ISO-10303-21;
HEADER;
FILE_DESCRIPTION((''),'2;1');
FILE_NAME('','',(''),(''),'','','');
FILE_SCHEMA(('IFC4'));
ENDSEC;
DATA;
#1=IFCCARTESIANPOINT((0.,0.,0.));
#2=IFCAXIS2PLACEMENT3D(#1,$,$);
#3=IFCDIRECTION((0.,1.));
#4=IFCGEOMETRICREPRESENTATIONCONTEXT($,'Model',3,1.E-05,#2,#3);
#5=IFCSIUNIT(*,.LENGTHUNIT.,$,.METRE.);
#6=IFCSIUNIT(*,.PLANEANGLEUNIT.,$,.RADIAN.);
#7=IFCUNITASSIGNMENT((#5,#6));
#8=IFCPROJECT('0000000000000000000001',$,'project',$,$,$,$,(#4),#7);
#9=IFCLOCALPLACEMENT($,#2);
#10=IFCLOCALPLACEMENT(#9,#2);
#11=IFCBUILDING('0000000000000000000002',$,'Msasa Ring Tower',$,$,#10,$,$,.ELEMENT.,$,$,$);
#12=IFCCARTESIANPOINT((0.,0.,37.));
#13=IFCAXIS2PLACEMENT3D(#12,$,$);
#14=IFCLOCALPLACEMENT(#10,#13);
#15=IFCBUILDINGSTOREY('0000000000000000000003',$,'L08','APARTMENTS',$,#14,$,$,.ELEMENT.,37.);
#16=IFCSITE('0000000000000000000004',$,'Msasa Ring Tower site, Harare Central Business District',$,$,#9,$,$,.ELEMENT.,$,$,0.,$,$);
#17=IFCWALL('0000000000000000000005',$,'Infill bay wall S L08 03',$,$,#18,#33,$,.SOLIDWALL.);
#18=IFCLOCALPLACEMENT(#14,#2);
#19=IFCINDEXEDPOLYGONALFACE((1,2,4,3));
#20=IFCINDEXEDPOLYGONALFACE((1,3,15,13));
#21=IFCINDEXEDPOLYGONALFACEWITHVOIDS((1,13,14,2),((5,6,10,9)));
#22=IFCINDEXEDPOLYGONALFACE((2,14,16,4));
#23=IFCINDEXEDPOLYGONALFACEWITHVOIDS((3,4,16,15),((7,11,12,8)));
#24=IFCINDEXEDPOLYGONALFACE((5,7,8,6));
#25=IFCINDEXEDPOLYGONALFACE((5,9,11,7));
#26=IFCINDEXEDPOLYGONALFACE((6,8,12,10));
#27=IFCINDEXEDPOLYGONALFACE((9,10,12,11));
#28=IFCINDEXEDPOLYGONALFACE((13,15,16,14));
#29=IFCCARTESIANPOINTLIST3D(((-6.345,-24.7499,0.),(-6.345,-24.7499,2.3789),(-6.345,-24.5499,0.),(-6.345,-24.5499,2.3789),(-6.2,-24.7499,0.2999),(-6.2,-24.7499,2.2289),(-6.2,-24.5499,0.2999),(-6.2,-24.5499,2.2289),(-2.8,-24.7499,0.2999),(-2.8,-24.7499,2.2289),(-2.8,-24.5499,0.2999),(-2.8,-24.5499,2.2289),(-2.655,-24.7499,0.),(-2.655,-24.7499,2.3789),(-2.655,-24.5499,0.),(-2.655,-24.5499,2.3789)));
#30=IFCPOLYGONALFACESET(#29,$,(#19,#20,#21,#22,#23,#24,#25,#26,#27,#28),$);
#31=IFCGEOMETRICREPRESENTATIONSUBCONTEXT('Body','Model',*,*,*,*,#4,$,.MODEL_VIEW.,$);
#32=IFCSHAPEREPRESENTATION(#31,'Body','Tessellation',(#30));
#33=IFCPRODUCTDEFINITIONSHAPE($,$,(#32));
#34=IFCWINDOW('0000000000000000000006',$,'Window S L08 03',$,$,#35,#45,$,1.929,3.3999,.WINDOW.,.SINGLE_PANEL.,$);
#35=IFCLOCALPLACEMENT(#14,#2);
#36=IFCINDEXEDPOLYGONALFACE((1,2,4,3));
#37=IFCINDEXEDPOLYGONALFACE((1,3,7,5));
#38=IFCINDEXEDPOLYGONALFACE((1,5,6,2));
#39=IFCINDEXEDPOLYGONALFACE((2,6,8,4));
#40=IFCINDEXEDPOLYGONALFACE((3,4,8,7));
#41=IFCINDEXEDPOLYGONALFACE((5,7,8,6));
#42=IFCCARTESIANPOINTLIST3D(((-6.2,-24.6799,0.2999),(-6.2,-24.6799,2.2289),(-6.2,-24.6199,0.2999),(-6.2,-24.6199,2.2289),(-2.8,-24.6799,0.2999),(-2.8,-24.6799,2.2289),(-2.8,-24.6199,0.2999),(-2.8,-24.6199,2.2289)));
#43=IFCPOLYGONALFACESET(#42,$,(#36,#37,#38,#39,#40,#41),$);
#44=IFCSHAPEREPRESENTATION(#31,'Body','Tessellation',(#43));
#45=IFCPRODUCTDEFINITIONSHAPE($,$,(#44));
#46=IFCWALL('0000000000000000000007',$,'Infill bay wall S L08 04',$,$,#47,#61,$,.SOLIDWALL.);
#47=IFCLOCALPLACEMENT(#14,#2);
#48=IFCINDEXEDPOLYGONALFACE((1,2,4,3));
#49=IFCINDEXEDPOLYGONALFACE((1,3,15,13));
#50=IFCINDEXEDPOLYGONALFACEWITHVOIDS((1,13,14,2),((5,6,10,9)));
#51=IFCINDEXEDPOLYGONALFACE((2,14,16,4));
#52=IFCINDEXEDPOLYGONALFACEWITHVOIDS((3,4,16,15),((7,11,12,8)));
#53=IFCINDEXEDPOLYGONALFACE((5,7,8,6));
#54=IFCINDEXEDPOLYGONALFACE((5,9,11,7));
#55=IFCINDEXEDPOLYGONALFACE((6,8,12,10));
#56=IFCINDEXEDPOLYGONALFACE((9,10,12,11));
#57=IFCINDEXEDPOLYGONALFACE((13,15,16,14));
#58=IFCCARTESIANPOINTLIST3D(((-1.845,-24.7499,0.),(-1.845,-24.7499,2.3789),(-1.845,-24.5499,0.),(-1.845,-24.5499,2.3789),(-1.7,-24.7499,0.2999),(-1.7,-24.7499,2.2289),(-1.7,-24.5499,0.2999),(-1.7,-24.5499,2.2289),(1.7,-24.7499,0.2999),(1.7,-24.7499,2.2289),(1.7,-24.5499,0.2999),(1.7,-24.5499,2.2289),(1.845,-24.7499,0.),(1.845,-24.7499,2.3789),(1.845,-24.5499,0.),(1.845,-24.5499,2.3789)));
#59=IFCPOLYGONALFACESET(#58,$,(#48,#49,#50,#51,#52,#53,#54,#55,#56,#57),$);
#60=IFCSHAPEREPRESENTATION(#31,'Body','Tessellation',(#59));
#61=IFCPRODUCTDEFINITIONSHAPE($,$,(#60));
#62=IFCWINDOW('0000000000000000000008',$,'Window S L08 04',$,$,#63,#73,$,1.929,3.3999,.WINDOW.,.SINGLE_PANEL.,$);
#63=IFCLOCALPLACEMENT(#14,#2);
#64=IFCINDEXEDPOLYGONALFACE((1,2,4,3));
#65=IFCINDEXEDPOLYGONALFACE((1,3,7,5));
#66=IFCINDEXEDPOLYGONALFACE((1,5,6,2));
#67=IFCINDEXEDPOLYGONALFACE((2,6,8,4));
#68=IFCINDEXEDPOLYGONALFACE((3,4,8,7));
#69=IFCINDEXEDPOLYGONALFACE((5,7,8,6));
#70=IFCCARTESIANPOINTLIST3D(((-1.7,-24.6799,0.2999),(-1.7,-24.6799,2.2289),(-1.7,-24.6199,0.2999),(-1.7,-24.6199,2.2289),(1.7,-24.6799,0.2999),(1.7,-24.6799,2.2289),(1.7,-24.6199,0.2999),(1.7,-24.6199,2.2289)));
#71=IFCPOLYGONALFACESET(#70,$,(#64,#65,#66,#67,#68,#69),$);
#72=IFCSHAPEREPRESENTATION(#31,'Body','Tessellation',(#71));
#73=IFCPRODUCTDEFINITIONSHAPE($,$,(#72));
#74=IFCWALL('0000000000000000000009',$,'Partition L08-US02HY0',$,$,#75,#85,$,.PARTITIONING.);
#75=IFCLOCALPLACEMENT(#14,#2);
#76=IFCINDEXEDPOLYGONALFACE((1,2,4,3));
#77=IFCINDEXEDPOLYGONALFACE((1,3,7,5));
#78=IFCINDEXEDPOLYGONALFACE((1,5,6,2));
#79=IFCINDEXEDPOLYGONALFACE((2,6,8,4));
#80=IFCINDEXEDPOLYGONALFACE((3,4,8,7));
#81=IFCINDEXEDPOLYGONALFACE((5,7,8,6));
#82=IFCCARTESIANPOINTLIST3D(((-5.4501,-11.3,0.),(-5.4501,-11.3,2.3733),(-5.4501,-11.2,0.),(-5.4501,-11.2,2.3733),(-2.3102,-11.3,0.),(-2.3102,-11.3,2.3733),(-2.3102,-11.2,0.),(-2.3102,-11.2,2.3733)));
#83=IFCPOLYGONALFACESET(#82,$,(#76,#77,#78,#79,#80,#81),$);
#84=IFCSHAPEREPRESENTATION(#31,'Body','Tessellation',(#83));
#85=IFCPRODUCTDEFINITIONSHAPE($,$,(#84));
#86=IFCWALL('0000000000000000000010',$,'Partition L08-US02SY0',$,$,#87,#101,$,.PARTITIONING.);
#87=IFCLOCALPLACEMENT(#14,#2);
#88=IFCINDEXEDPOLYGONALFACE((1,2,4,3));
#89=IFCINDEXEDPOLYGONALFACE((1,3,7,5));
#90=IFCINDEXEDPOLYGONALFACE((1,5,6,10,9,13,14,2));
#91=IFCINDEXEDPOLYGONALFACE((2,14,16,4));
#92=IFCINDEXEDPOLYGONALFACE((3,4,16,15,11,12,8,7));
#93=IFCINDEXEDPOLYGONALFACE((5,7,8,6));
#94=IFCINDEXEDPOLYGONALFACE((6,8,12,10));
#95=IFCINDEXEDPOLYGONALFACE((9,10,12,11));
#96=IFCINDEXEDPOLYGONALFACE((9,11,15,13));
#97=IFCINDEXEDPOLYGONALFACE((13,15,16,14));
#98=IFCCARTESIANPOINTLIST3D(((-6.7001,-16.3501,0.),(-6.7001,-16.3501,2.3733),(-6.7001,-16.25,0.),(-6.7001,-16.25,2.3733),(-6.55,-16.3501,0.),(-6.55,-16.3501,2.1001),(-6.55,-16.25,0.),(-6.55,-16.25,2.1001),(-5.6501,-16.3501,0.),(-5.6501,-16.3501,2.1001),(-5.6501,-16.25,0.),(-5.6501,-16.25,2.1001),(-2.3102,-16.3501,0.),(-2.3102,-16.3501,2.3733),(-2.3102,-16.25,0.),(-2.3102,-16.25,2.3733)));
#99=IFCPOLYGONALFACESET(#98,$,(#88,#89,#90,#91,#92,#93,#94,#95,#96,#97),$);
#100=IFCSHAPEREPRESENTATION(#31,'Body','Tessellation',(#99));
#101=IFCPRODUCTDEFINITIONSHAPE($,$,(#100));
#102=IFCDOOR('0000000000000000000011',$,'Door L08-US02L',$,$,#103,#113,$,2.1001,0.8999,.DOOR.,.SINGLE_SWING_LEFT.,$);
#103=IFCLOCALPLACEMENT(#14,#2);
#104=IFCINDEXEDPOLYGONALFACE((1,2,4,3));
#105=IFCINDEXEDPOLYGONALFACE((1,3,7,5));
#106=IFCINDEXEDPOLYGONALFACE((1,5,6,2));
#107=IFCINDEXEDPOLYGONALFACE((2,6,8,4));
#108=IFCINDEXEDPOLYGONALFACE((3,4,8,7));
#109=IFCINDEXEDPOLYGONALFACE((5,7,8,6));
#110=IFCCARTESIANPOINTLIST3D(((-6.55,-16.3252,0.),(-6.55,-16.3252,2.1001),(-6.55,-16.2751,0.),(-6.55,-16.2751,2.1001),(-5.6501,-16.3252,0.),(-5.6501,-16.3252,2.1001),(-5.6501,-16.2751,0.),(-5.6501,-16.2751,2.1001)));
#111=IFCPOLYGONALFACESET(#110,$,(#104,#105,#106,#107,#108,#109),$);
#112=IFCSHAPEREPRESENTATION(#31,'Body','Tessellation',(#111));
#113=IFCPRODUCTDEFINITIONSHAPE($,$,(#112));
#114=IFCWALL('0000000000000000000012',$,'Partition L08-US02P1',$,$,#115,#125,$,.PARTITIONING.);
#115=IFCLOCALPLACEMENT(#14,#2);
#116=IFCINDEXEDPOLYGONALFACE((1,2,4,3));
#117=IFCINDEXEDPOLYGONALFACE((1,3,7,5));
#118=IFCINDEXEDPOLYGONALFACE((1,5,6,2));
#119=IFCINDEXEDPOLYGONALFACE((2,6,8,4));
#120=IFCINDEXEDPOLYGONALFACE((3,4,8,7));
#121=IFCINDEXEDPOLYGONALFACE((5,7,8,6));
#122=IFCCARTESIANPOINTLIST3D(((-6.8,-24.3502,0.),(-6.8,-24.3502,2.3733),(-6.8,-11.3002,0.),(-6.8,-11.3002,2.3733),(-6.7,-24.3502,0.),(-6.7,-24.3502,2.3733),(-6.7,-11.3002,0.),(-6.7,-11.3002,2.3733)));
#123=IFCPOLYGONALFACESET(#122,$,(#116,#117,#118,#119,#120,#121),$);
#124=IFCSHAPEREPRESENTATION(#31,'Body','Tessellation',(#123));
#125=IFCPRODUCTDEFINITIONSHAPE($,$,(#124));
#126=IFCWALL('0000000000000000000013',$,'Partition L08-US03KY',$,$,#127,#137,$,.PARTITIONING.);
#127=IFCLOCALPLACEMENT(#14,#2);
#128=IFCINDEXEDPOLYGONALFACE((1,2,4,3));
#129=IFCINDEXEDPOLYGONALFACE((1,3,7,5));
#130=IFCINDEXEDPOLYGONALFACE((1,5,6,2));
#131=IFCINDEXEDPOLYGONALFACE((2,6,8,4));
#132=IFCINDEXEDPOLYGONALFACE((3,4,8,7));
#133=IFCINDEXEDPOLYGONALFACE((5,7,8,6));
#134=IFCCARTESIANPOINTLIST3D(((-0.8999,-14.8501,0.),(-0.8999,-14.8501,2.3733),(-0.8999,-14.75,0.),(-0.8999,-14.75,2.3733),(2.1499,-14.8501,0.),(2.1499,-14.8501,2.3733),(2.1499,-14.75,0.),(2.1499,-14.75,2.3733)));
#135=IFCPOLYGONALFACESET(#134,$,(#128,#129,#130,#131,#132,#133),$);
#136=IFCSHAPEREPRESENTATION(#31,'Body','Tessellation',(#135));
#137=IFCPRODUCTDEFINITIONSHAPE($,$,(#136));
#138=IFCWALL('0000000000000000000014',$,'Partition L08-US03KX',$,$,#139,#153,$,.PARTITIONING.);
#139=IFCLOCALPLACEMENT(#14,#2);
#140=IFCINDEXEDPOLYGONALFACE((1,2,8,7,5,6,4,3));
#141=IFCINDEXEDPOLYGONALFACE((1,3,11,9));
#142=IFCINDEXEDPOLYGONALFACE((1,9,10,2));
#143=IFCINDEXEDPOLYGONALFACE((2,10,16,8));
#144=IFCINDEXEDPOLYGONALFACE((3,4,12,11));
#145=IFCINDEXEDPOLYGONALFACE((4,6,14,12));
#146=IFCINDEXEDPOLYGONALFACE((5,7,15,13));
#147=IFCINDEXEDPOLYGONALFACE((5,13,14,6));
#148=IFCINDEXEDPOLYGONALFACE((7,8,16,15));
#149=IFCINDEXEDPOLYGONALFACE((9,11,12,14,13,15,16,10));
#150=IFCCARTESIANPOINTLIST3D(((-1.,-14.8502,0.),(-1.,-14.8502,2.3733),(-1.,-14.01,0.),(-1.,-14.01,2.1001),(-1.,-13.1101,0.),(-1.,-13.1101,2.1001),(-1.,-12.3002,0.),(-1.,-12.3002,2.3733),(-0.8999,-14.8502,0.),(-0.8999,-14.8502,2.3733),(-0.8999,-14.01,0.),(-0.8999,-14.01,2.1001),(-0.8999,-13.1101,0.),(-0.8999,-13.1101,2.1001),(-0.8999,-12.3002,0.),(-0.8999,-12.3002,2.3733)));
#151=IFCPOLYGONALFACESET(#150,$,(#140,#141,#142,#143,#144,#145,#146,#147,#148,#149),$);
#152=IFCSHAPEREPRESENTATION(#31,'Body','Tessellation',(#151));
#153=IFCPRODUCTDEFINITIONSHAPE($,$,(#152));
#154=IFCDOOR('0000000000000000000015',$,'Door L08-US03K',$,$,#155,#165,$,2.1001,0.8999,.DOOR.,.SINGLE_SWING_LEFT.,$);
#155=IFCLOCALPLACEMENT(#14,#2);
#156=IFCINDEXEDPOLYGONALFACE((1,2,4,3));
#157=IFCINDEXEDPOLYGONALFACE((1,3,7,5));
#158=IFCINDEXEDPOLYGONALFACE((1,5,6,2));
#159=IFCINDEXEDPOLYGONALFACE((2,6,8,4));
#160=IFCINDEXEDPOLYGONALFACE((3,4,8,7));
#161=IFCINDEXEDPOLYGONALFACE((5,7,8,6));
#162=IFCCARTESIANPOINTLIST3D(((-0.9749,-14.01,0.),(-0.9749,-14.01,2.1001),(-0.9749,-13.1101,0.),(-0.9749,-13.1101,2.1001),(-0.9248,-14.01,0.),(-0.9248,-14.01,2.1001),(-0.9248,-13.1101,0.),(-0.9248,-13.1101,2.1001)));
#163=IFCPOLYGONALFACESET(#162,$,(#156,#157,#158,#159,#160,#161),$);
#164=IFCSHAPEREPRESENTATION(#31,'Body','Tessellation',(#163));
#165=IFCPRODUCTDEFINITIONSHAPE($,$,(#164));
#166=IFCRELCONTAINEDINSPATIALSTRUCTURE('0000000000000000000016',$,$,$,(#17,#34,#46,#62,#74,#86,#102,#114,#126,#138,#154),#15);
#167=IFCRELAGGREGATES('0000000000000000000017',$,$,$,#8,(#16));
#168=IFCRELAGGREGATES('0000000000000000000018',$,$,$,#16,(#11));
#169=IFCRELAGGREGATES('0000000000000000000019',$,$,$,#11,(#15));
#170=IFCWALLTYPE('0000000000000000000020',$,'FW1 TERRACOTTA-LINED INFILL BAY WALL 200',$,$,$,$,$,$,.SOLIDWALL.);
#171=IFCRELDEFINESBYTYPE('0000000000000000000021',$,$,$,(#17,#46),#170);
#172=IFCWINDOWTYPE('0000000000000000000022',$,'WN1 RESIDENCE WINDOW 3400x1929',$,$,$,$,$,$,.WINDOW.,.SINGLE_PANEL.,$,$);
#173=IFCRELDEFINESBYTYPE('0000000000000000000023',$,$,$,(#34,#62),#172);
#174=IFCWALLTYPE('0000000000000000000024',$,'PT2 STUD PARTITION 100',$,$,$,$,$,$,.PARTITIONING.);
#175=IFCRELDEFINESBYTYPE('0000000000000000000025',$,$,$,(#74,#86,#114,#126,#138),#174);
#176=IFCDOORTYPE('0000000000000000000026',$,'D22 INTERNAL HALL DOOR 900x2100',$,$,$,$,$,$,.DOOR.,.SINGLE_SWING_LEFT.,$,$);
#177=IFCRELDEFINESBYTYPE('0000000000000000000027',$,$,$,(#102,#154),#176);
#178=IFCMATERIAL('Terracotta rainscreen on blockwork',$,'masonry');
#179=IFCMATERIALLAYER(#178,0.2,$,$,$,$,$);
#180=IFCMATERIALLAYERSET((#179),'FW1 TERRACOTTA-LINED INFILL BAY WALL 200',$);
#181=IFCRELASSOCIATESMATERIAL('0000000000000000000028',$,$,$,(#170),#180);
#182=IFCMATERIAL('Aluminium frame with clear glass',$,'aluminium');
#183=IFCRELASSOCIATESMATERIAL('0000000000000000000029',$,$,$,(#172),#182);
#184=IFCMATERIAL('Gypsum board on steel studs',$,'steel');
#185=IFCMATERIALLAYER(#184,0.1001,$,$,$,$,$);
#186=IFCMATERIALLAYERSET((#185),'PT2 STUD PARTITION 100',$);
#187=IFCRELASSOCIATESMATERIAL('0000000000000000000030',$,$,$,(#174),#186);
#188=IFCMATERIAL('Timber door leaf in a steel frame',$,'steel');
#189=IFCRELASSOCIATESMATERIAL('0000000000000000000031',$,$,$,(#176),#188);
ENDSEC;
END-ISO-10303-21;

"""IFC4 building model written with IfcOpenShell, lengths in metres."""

from ifc_helpers import new_model, si_unit, direction, frame, frame_2d, origin, place, context, subcontext, project, spatial, rectangle, extrude, material, layer, layer_set, type_object, element, fill, save


model = new_model("IFC4")

# Units and contexts
model_context = context("Model", 3, precision=1e-05, world=origin(), true_north=direction((0.0, 1.0)))
body_context = subcontext(model_context, "Body", "Model", "MODEL_VIEW")
ifc_project = project(units=[si_unit("LENGTHUNIT", "METRE"), si_unit("PLANEANGLEUNIT", "RADIAN")], contexts=[model_context])

# Site, building, storey
site_placement = place(None, origin())
site = spatial("IfcSite", under=ifc_project, at=site_placement, Name="Msasa Ring Tower site, Harare Central Business District", CompositionType="ELEMENT", RefElevation=0.0)
building_placement = place(site_placement, origin())
building = spatial("IfcBuilding", under=site, at=building_placement, Name="Msasa Ring Tower", CompositionType="ELEMENT")
storey_placement = place(building_placement, frame((0.0, 0.0, 37.0)))
storey = spatial("IfcBuildingStorey", under=building, at=storey_placement, Name="L08", Description="APARTMENTS", CompositionType="ELEMENT", Elevation=37.0)

# Walls, openings, windows
ifc_material_1 = material(Name="Terracotta rainscreen on blockwork", Category="masonry")
ifc_layer_1 = layer(ifc_material_1, 0.2)
ifc_layer_set_1 = layer_set([ifc_layer_1], Name="FW1 TERRACOTTA-LINED INFILL BAY WALL 200")
wall_type_1 = type_object("IfcWallType", Name="FW1 TERRACOTTA-LINED INFILL BAY WALL 200", PredefinedType="SOLIDWALL", material=ifc_layer_set_1)
wall_1_placement = place(storey_placement, frame((-6.345, -24.6499, 0.0), z_axis=(0.0, 0.0, 1.0), x_axis=(1.0, 0.0, 0.0)))
wall_1 = element("IfcWall", 1, at=wall_1_placement, inside=storey, type_object=wall_type_1, Name="Infill bay wall S L08 03", PredefinedType="SOLIDWALL", context=body_context, shape_type="SweptSolid", body=[
    extrude(rectangle(XDim=3.6899, YDim=0.2, at=frame_2d((1.845, 0.0))), origin(), (0.0, 0.0, 1.0), 2.3789),
])
opening_1_placement = place(wall_1_placement, frame((0.145, 0.0, 0.3)))
opening_1 = element("IfcOpeningElement", 2, at=opening_1_placement, cuts=wall_1, PredefinedType="OPENING", context=body_context, shape_type="SweptSolid", body=[
    extrude(rectangle(XDim=3.3999, YDim=1.929, at=frame_2d((1.7, 0.9644))), frame((0.0, 0.1099, 0.0), z_axis=(0.0, -1.0, 0.0), x_axis=(1.0, 0.0, 0.0)), (0.0, 0.0, 1.0), 0.22),
])
ifc_material_2 = material(Name="Aluminium frame with clear glass", Category="aluminium")
window_type = type_object("IfcWindowType", Name="WN1 RESIDENCE WINDOW 3400x1929", PartitioningType="SINGLE_PANEL", PredefinedType="WINDOW", material=ifc_material_2)
window_1_placement = place(opening_1_placement, origin())
window_1 = element("IfcWindow", 3, at=window_1_placement, inside=storey, type_object=window_type, Name="Window S L08 03", OverallHeight=1.929, OverallWidth=3.3999, PartitioningType="SINGLE_PANEL", PredefinedType="WINDOW", context=body_context, shape_type="SweptSolid", body=[
    extrude(rectangle(XDim=3.3999, YDim=1.929, at=frame_2d((1.7, 0.9644))), frame((0.0, 0.03, 0.0), z_axis=(0.0, -1.0, 0.0), x_axis=(1.0, 0.0, 0.0)), (0.0, 0.0, 1.0), 0.0601),
])
fill(opening_1, window_1)
wall_2_placement = place(storey_placement, frame((-1.845, -24.6499, 0.0), z_axis=(0.0, 0.0, 1.0), x_axis=(1.0, 0.0, 0.0)))
wall_2 = element("IfcWall", 4, at=wall_2_placement, inside=storey, type_object=wall_type_1, Name="Infill bay wall S L08 04", PredefinedType="SOLIDWALL", context=body_context, shape_type="SweptSolid", body=[
    extrude(rectangle(XDim=3.6899, YDim=0.2, at=frame_2d((1.845, 0.0))), origin(), (0.0, 0.0, 1.0), 2.3789),
])
opening_2_placement = place(wall_2_placement, frame((0.145, 0.0, 0.3)))
opening_2 = element("IfcOpeningElement", 5, at=opening_2_placement, cuts=wall_2, PredefinedType="OPENING", context=body_context, shape_type="SweptSolid", body=[
    extrude(rectangle(XDim=3.3999, YDim=1.929, at=frame_2d((1.7, 0.9644))), frame((0.0, 0.1099, 0.0), z_axis=(0.0, -1.0, 0.0), x_axis=(1.0, 0.0, 0.0)), (0.0, 0.0, 1.0), 0.22),
])
window_2_placement = place(opening_2_placement, origin())
window_2 = element("IfcWindow", 6, at=window_2_placement, inside=storey, type_object=window_type, Name="Window S L08 04", OverallHeight=1.929, OverallWidth=3.3999, PartitioningType="SINGLE_PANEL", PredefinedType="WINDOW", context=body_context, shape_type="SweptSolid", body=[
    extrude(rectangle(XDim=3.3999, YDim=1.929, at=frame_2d((1.7, 0.9644))), frame((0.0, 0.03, 0.0), z_axis=(0.0, -1.0, 0.0), x_axis=(1.0, 0.0, 0.0)), (0.0, 0.0, 1.0), 0.0601),
])
fill(opening_2, window_2)

# Wall
ifc_material_3 = material(Name="Gypsum board on steel studs", Category="steel")
ifc_layer_2 = layer(ifc_material_3, 0.1001)
ifc_layer_set_2 = layer_set([ifc_layer_2], Name="PT2 STUD PARTITION 100")
wall_type_2 = type_object("IfcWallType", Name="PT2 STUD PARTITION 100", PredefinedType="PARTITIONING", material=ifc_layer_set_2)
wall_3_placement = place(storey_placement, frame((-5.45, -11.25, 0.0), z_axis=(0.0, 0.0, 1.0), x_axis=(1.0, 0.0, 0.0)))
element("IfcWall", 7, at=wall_3_placement, inside=storey, type_object=wall_type_2, Name="Partition L08-US02HY0", PredefinedType="PARTITIONING", context=body_context, shape_type="SweptSolid", body=[
    extrude(rectangle(XDim=3.1399, YDim=0.1001, at=frame_2d((1.5698, 0.0))), origin(), (0.0, 0.0, 1.0), 2.3733),
])

# Wall, opening, door
wall_4_placement = place(storey_placement, frame((-6.7, -16.3, 0.0), z_axis=(0.0, 0.0, 1.0), x_axis=(1.0, 0.0, 0.0)))
wall_4 = element("IfcWall", 8, at=wall_4_placement, inside=storey, type_object=wall_type_2, Name="Partition L08-US02SY0", PredefinedType="PARTITIONING", context=body_context, shape_type="SweptSolid", body=[
    extrude(rectangle(XDim=4.3899, YDim=0.1001, at=frame_2d((2.1948, 0.0))), origin(), (0.0, 0.0, 1.0), 2.3733),
])
opening_3_placement = place(wall_4_placement, frame((0.1499, 0.0, 0.0)))
opening_3 = element("IfcOpeningElement", 9, at=opening_3_placement, cuts=wall_4, PredefinedType="OPENING", context=body_context, shape_type="SweptSolid", body=[
    extrude(rectangle(XDim=0.8999, YDim=2.1001, at=frame_2d((0.45, 1.05))), frame((0.0, 0.0601, 0.0), z_axis=(0.0, -1.0, 0.0), x_axis=(1.0, 0.0, 0.0)), (0.0, 0.0, 1.0), 0.1201),
])
ifc_material_4 = material(Name="Timber door leaf in a steel frame", Category="steel")
door_type_1 = type_object("IfcDoorType", Name="D22 INTERNAL HALL DOOR 900x2100", OperationType="SINGLE_SWING_LEFT", PredefinedType="DOOR", material=ifc_material_4)
door_1_placement = place(opening_3_placement, origin())
door_1 = element("IfcDoor", 10, at=door_1_placement, inside=storey, type_object=door_type_1, Name="Door L08-US02L", OperationType="SINGLE_SWING_LEFT", OverallHeight=2.1001, OverallWidth=0.8999, PredefinedType="DOOR", context=body_context, shape_type="SweptSolid", body=[
    extrude(rectangle(XDim=0.8999, YDim=2.1001, at=frame_2d((0.45, 1.05))), frame((0.0, 0.0249, 0.0), z_axis=(0.0, -1.0, 0.0), x_axis=(1.0, 0.0, 0.0)), (0.0, 0.0, 1.0), 0.05),
])
fill(opening_3, door_1)

# Walls
wall_5_placement = place(storey_placement, frame((-6.75, -24.3501, 0.0), z_axis=(0.0, 0.0, 1.0), x_axis=(0.0, 1.0, 0.0)))
element("IfcWall", 11, at=wall_5_placement, inside=storey, type_object=wall_type_2, Name="Partition L08-US02P1", PredefinedType="PARTITIONING", context=body_context, shape_type="SweptSolid", body=[
    extrude(rectangle(XDim=13.05, YDim=0.1001, at=frame_2d((6.5249, 0.0))), origin(), (0.0, 0.0, 1.0), 2.3733),
])
wall_6_placement = place(storey_placement, frame((-0.8999, -14.8, 0.0), z_axis=(0.0, 0.0, 1.0), x_axis=(1.0, 0.0, 0.0)))
element("IfcWall", 12, at=wall_6_placement, inside=storey, type_object=wall_type_2, Name="Partition L08-US03KY", PredefinedType="PARTITIONING", context=body_context, shape_type="SweptSolid", body=[
    extrude(rectangle(XDim=3.0498, YDim=0.1001, at=frame_2d((1.5249, 0.0))), origin(), (0.0, 0.0, 1.0), 2.3733),
])

# Wall, opening, door
wall_7_placement = place(storey_placement, frame((-0.95, -14.8501, 0.0), z_axis=(0.0, 0.0, 1.0), x_axis=(0.0, 1.0, 0.0)))
wall_7 = element("IfcWall", 13, at=wall_7_placement, inside=storey, type_object=wall_type_2, Name="Partition L08-US03KX", PredefinedType="PARTITIONING", context=body_context, shape_type="SweptSolid", body=[
    extrude(rectangle(XDim=2.55, YDim=0.1001, at=frame_2d((1.2749, 0.0))), origin(), (0.0, 0.0, 1.0), 2.3733),
])
opening_4_placement = place(wall_7_placement, frame((0.8401, 0.0, 0.0)))
opening_4 = element("IfcOpeningElement", 14, at=opening_4_placement, cuts=wall_7, PredefinedType="OPENING", context=body_context, shape_type="SweptSolid", body=[
    extrude(rectangle(XDim=0.8999, YDim=2.1001, at=frame_2d((0.45, 1.05))), frame((0.0, 0.0601, 0.0), z_axis=(0.0, -1.0, 0.0), x_axis=(1.0, 0.0, 0.0)), (0.0, 0.0, 1.0), 0.1201),
])
door_2_placement = place(opening_4_placement, origin())
door_2 = element("IfcDoor", 15, at=door_2_placement, inside=storey, type_object=door_type_1, Name="Door L08-US03K", OperationType="SINGLE_SWING_LEFT", OverallHeight=2.1001, OverallWidth=0.8999, PredefinedType="DOOR", context=body_context, shape_type="SweptSolid", body=[
    extrude(rectangle(XDim=0.8999, YDim=2.1001, at=frame_2d((0.45, 1.05))), frame((0.0, 0.0249, 0.0), z_axis=(0.0, -1.0, 0.0), x_axis=(1.0, 0.0, 0.0)), (0.0, 0.0, 1.0), 0.05),
])
fill(opening_4, door_2)

save(model, "model.ifc")
